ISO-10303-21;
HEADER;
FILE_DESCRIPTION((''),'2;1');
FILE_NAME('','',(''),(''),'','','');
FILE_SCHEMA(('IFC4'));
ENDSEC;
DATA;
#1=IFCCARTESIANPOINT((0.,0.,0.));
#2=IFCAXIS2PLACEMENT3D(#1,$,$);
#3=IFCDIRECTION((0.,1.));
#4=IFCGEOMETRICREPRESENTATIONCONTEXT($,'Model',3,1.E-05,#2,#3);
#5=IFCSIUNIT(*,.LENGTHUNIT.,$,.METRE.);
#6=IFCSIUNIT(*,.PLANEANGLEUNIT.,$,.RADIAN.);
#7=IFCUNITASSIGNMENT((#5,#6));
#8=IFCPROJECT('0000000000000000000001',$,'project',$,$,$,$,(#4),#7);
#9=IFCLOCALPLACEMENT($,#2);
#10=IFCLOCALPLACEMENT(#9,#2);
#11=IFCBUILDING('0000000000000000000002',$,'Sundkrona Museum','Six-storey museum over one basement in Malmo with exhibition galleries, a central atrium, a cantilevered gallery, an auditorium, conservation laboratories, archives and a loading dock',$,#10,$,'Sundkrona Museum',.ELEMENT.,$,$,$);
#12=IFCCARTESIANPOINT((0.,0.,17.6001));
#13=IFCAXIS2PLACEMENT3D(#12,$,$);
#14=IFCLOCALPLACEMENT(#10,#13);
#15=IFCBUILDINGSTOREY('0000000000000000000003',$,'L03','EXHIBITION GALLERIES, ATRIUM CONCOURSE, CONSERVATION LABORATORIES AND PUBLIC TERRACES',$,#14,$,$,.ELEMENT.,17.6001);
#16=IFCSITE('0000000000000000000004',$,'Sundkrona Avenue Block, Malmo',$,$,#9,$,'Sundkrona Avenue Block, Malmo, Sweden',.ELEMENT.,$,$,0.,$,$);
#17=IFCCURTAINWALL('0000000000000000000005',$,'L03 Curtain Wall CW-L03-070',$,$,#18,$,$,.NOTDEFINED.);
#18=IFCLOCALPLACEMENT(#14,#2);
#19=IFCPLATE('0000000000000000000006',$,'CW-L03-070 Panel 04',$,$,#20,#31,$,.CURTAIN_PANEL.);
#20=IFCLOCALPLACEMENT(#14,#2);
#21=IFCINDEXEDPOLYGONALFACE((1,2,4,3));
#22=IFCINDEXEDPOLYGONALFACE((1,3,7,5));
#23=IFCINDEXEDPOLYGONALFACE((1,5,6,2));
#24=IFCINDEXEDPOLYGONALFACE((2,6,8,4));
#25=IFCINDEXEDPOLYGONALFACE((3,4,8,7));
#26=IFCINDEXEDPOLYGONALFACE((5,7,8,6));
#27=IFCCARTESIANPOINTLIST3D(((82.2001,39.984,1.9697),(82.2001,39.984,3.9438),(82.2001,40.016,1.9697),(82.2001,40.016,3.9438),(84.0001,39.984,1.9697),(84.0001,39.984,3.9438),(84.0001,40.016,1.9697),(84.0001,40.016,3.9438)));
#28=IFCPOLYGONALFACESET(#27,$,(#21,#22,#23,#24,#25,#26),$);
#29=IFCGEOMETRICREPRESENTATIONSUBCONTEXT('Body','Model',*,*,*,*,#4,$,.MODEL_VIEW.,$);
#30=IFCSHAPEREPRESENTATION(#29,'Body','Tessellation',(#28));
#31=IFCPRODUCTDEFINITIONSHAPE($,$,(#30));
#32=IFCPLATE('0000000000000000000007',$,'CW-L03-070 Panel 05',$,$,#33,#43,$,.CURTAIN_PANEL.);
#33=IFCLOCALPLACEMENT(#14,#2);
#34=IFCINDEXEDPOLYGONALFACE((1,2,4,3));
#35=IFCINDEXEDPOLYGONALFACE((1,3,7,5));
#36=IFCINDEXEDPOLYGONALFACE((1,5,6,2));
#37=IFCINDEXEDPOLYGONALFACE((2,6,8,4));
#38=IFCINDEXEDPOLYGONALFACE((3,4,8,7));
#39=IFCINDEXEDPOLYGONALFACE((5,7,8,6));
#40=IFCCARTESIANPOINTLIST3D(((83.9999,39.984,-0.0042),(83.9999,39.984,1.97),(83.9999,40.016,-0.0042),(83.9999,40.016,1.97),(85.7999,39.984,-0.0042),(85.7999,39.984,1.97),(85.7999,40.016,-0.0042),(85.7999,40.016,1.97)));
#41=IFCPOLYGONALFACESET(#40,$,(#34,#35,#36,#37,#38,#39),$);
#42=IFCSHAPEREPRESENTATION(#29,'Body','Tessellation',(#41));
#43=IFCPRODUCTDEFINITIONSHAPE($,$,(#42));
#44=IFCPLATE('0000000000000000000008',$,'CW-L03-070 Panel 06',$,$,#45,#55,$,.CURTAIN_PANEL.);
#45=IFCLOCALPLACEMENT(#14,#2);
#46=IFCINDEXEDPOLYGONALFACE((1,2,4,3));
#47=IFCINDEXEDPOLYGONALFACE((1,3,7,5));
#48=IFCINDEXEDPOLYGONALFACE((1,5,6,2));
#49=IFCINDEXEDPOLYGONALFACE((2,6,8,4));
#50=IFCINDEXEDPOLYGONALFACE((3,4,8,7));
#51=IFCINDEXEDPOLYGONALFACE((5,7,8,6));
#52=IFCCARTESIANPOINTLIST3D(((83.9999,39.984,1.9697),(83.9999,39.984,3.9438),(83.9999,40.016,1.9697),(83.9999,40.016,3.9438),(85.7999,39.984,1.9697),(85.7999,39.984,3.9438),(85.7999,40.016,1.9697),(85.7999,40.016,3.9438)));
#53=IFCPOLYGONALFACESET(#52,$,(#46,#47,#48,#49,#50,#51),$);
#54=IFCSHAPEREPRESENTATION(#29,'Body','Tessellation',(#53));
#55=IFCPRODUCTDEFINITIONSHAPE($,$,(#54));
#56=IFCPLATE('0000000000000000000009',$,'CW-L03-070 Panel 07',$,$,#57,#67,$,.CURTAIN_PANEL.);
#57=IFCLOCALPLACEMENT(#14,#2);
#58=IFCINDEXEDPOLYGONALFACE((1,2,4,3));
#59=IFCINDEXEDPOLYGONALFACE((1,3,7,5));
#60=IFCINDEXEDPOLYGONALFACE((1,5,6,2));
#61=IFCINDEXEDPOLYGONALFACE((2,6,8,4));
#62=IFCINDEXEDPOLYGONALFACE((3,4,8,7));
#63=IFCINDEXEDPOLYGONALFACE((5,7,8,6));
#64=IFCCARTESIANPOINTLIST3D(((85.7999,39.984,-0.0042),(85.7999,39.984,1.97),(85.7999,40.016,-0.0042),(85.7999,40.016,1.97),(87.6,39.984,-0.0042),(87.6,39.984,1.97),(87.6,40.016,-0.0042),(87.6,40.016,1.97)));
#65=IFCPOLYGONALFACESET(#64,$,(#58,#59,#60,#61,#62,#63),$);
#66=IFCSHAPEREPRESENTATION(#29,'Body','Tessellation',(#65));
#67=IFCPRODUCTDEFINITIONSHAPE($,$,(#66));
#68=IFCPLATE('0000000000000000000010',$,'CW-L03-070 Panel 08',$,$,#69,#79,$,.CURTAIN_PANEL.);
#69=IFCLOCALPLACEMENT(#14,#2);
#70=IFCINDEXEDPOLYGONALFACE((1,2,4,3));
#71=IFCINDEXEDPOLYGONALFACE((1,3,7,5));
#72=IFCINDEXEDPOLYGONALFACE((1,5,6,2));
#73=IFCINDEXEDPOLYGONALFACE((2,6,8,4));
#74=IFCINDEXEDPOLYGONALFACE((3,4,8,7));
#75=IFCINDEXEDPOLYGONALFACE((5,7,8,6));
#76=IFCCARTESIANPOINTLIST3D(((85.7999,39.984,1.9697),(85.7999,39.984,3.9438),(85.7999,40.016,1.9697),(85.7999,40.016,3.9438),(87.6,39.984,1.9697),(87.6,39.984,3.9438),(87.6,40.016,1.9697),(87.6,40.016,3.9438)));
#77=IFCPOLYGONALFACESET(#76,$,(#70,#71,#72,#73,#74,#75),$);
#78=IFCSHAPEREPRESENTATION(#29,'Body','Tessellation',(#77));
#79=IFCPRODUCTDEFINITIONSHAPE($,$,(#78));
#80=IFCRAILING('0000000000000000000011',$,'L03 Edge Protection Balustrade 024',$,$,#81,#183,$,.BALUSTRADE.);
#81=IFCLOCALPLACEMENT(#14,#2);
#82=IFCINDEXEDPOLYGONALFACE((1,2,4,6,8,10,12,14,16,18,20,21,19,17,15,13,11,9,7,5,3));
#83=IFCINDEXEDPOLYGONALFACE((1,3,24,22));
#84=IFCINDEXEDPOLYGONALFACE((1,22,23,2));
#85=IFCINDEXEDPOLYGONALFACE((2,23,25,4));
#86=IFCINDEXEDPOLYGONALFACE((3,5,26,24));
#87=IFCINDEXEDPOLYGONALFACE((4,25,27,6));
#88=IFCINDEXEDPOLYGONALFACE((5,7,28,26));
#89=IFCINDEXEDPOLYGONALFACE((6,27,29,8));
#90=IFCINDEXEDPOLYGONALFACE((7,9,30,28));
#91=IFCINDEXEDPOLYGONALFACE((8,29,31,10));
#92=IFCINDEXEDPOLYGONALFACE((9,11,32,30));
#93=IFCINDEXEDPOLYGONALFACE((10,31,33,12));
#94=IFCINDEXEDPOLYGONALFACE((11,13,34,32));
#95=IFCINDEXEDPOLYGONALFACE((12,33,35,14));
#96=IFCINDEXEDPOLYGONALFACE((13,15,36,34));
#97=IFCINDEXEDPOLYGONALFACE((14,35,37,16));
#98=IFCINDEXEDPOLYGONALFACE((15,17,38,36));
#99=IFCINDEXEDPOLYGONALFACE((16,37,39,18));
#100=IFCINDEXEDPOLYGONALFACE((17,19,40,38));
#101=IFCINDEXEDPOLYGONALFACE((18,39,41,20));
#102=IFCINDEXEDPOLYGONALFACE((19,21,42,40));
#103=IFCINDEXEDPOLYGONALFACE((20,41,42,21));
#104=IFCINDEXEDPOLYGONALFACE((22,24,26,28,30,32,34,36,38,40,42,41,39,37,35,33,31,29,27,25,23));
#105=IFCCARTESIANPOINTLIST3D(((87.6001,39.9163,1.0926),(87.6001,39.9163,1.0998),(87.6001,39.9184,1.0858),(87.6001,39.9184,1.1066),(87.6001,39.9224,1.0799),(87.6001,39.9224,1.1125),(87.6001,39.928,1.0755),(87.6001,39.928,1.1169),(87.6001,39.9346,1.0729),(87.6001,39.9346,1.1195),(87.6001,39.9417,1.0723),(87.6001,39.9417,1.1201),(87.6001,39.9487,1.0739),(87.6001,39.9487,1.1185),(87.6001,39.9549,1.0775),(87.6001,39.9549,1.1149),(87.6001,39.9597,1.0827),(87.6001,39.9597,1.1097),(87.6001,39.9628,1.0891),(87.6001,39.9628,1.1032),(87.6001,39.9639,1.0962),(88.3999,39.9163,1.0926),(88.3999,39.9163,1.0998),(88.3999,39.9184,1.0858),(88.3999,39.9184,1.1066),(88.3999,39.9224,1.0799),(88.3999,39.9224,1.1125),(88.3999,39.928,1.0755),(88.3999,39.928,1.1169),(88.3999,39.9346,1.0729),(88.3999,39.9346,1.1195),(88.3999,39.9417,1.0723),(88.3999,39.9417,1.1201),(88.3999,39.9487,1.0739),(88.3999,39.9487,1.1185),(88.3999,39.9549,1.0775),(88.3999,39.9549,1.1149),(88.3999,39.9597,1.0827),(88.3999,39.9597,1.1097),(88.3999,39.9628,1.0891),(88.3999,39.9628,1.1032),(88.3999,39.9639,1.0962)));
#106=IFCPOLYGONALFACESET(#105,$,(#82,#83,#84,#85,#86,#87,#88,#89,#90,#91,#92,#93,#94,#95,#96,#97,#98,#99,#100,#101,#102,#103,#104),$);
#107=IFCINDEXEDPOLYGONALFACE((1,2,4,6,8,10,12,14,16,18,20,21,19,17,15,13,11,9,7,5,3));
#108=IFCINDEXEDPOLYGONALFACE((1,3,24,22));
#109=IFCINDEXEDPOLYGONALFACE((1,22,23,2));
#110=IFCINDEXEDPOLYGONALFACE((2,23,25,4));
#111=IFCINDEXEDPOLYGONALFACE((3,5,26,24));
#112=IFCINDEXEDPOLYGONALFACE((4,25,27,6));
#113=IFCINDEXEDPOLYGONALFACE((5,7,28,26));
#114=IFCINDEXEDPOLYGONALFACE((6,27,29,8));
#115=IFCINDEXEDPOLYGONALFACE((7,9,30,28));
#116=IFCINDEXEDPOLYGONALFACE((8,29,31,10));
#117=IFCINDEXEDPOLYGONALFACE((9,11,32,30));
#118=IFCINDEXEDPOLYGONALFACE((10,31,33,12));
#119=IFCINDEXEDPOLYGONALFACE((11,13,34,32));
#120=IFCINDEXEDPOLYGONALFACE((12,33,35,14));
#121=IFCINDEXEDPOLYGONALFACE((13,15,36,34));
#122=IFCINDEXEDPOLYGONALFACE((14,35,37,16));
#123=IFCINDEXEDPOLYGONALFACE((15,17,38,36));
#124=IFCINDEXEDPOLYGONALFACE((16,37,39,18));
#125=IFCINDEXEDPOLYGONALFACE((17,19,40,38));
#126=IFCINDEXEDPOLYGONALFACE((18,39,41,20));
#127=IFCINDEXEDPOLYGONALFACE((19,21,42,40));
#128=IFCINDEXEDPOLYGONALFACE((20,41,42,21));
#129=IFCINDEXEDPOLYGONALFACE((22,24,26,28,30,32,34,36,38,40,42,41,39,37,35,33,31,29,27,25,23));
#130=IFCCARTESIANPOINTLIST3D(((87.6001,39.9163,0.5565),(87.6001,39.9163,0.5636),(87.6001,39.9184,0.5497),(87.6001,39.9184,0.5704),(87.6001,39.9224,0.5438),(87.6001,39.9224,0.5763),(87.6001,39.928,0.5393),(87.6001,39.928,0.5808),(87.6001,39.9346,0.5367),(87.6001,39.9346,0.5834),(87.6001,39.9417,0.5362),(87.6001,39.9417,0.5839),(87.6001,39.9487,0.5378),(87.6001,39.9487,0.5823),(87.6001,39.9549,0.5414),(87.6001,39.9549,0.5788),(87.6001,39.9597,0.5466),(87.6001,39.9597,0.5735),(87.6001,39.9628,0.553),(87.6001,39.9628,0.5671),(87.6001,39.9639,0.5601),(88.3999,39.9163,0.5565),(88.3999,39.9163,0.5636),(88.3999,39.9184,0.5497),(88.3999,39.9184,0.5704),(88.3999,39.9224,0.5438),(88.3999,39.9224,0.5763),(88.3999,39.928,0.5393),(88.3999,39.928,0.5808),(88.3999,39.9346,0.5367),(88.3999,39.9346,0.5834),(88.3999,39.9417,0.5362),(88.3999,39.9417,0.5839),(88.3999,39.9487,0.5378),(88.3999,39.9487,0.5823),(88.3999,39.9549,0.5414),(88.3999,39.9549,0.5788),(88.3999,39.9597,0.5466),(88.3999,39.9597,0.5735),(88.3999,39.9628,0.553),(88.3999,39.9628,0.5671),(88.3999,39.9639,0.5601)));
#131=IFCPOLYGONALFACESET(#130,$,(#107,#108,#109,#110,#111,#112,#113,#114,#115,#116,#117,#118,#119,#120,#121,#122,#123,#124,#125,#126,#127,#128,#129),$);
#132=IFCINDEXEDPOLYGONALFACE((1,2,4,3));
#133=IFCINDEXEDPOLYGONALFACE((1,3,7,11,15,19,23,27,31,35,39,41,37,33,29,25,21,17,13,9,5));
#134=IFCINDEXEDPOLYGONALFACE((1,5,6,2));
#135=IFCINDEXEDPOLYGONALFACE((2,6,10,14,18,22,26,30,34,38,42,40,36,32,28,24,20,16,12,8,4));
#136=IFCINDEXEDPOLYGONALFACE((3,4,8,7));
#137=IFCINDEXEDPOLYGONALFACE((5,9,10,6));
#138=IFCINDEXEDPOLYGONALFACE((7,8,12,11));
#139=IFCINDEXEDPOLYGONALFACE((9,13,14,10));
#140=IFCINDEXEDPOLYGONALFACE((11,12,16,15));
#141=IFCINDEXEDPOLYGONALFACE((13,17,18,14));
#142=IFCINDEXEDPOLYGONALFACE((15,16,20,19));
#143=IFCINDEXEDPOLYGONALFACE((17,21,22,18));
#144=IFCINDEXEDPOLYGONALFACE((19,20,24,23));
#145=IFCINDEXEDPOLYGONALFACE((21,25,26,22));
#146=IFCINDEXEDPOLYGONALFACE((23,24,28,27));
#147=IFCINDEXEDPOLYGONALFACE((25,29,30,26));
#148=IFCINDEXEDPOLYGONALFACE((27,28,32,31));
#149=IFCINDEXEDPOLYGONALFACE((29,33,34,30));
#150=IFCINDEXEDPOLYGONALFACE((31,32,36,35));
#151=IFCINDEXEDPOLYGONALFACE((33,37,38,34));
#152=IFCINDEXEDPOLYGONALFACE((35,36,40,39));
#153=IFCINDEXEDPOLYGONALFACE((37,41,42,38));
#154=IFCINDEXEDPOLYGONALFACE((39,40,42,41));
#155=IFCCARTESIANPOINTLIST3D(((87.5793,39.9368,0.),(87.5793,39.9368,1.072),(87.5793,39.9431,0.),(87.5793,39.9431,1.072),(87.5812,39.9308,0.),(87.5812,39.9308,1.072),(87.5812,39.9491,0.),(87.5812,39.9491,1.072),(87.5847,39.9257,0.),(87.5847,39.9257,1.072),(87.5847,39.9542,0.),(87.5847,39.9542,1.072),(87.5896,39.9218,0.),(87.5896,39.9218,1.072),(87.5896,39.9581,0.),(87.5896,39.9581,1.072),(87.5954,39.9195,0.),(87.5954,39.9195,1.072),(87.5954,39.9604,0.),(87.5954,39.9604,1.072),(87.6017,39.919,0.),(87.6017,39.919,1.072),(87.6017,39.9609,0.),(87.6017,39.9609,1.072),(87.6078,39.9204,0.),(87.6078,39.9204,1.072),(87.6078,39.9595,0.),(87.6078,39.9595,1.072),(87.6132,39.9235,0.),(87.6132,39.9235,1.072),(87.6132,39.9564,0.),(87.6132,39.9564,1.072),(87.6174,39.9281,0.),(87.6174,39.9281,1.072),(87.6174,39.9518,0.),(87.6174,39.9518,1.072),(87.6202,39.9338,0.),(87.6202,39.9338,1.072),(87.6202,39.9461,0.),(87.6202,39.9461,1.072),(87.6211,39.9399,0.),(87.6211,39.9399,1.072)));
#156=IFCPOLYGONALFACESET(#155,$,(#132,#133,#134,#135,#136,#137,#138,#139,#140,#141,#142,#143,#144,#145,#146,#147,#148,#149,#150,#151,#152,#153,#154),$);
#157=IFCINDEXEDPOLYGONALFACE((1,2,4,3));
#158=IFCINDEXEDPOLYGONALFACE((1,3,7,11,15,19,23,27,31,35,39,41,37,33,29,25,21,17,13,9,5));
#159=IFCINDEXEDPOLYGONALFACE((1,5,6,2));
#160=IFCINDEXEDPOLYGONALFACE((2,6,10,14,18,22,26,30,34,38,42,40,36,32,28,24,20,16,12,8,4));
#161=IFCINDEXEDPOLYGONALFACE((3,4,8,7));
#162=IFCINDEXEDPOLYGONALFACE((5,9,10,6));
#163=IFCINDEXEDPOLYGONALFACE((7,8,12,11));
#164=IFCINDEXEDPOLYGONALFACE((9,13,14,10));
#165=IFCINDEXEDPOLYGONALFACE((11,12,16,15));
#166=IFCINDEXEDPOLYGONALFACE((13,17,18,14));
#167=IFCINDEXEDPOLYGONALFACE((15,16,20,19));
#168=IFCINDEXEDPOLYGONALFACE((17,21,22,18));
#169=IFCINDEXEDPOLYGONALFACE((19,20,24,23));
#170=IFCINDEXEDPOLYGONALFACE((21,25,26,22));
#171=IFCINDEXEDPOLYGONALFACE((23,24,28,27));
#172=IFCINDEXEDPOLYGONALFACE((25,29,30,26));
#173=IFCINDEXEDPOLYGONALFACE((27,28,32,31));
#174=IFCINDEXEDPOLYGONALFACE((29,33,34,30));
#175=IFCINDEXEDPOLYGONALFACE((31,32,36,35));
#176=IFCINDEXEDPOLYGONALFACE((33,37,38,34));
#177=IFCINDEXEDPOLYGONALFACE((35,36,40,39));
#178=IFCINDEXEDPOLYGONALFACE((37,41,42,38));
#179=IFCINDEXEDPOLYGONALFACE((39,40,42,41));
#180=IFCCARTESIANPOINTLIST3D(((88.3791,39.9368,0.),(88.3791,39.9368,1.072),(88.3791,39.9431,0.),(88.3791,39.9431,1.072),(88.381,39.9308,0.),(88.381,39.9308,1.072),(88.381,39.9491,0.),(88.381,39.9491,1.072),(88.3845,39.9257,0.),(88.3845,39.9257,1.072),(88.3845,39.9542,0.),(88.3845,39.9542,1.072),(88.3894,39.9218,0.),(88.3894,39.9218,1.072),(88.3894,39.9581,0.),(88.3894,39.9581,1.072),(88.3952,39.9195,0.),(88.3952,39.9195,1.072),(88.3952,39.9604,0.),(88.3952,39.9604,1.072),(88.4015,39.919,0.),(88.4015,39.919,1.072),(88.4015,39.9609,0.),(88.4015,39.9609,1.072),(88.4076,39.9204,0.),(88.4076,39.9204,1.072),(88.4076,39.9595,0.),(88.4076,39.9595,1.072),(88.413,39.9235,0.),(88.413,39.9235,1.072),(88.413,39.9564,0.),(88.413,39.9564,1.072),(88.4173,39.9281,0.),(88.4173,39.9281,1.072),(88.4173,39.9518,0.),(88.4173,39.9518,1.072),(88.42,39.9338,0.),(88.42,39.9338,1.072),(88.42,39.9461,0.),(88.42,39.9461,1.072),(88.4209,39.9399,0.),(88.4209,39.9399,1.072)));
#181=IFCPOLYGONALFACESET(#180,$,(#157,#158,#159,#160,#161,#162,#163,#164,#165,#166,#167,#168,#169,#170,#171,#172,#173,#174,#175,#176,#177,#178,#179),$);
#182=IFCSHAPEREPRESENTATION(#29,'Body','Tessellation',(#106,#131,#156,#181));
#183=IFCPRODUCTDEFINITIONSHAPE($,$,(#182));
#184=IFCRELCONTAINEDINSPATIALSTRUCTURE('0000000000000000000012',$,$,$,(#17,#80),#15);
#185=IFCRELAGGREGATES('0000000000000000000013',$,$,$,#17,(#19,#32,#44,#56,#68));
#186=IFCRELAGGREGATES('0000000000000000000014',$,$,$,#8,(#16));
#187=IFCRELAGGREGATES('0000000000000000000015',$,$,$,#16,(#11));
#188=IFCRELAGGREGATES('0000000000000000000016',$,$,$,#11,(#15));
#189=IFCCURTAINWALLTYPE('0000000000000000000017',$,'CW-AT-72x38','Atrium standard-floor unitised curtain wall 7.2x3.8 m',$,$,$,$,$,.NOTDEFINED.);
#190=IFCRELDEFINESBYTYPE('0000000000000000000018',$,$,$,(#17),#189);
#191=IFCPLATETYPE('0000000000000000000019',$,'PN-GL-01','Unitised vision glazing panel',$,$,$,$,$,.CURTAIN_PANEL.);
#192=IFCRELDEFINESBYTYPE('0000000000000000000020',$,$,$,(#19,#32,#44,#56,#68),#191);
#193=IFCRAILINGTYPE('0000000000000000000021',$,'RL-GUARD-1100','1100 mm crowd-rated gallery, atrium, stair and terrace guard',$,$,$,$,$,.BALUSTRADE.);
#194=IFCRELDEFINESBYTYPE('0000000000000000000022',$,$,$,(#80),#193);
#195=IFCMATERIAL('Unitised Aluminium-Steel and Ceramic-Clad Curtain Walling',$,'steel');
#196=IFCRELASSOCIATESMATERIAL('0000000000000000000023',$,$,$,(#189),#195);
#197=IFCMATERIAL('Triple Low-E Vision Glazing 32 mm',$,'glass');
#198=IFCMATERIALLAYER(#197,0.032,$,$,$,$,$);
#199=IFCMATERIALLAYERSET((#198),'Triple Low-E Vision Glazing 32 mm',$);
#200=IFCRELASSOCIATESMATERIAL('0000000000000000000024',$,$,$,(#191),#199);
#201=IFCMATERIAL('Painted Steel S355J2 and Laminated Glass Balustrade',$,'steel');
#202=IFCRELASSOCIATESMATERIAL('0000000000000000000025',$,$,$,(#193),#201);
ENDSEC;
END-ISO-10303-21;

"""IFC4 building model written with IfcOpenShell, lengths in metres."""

from ifc_helpers import new_model, si_unit, direction, frame, origin, origin_2d, place, context, subcontext, project, spatial, rectangle, circle, extrude, material, layer, layer_set, type_object, element, aggregate, save


model = new_model("IFC4")

# Units and contexts
model_context = context("Model", 3, precision=1e-05, world=origin(), true_north=direction((0.0, 1.0)))
body_context = subcontext(model_context, "Body", "Model", "MODEL_VIEW")
ifc_project = project(units=[si_unit("LENGTHUNIT", "METRE"), si_unit("PLANEANGLEUNIT", "RADIAN")], contexts=[model_context])

# Site, building, storey
site_placement = place(None, origin())
site = spatial("IfcSite", under=ifc_project, at=site_placement, Name="Sundkrona Avenue Block, Malmo", LongName="Sundkrona Avenue Block, Malmo, Sweden", CompositionType="ELEMENT", RefElevation=0.0)
building_placement = place(site_placement, origin())
building = spatial("IfcBuilding", under=site, at=building_placement, Name="Sundkrona Museum", Description="Six-storey museum over one basement in Malmo with exhibition galleries, a central atrium, a cantilevered gallery, an auditorium, conservation laboratories, archives and a loading dock", LongName="Sundkrona Museum", CompositionType="ELEMENT")
storey_placement = place(building_placement, frame((0.0, 0.0, 17.6001)))
storey = spatial("IfcBuildingStorey", under=building, at=storey_placement, Name="L03", Description="EXHIBITION GALLERIES, ATRIUM CONCOURSE, CONSERVATION LABORATORIES AND PUBLIC TERRACES", CompositionType="ELEMENT", Elevation=17.6001)

# Curtain wall
ifc_material_1 = material(Name="Unitised Aluminium-Steel and Ceramic-Clad Curtain Walling", Category="steel")
curtain_wall_type = type_object("IfcCurtainWallType", Name="CW-AT-72x38", Description="Atrium standard-floor unitised curtain wall 7.2x3.8 m", PredefinedType="NOTDEFINED", material=ifc_material_1)
curtain_wall_1_placement = place(storey_placement, origin())
curtain_wall_1 = element("IfcCurtainWall", 1, at=curtain_wall_1_placement, inside=storey, type_object=curtain_wall_type, Name="L03 Curtain Wall CW-L03-070", PredefinedType="NOTDEFINED")

# Plates
ifc_material_2 = material(Name="Triple Low-E Vision Glazing 32 mm", Category="glass")
ifc_layer = layer(ifc_material_2, 0.032)
ifc_layer_set = layer_set([ifc_layer], Name="Triple Low-E Vision Glazing 32 mm")
plate_type = type_object("IfcPlateType", Name="PN-GL-01", Description="Unitised vision glazing panel", PredefinedType="CURTAIN_PANEL", material=ifc_layer_set)
plate_1_placement = place(storey_placement, frame((83.1001, 40.0, 1.9697), z_axis=(0.0, 0.0, 1.0), x_axis=(1.0, 0.0, 0.0)))
plate_1 = element("IfcPlate", 2, at=plate_1_placement, type_object=plate_type, Name="CW-L03-070 Panel 04", PredefinedType="CURTAIN_PANEL", context=body_context, shape_type="SweptSolid", body=[
    extrude(rectangle(XDim=1.8, YDim=0.032, at=origin_2d()), origin(), (0.0, 0.0, 1.0), 1.9741),
])
plate_2_placement = place(storey_placement, frame((84.8999, 40.0, -0.0042), z_axis=(0.0, 0.0, 1.0), x_axis=(1.0, 0.0, 0.0)))
plate_2 = element("IfcPlate", 3, at=plate_2_placement, type_object=plate_type, Name="CW-L03-070 Panel 05", PredefinedType="CURTAIN_PANEL", context=body_context, shape_type="SweptSolid", body=[
    extrude(rectangle(XDim=1.8, YDim=0.032, at=origin_2d()), origin(), (0.0, 0.0, 1.0), 1.9741),
])
plate_3_placement = place(storey_placement, frame((84.8999, 40.0, 1.9697), z_axis=(0.0, 0.0, 1.0), x_axis=(1.0, 0.0, 0.0)))
plate_3 = element("IfcPlate", 4, at=plate_3_placement, type_object=plate_type, Name="CW-L03-070 Panel 06", PredefinedType="CURTAIN_PANEL", context=body_context, shape_type="SweptSolid", body=[
    extrude(rectangle(XDim=1.8, YDim=0.032, at=origin_2d()), origin(), (0.0, 0.0, 1.0), 1.9741),
])
plate_4_placement = place(storey_placement, frame((86.7, 40.0, -0.0042), z_axis=(0.0, 0.0, 1.0), x_axis=(1.0, 0.0, 0.0)))
plate_4 = element("IfcPlate", 5, at=plate_4_placement, type_object=plate_type, Name="CW-L03-070 Panel 07", PredefinedType="CURTAIN_PANEL", context=body_context, shape_type="SweptSolid", body=[
    extrude(rectangle(XDim=1.8, YDim=0.032, at=origin_2d()), origin(), (0.0, 0.0, 1.0), 1.9741),
])
plate_5_placement = place(storey_placement, frame((86.7, 40.0, 1.9697), z_axis=(0.0, 0.0, 1.0), x_axis=(1.0, 0.0, 0.0)))
plate_5 = element("IfcPlate", 6, at=plate_5_placement, type_object=plate_type, Name="CW-L03-070 Panel 08", PredefinedType="CURTAIN_PANEL", context=body_context, shape_type="SweptSolid", body=[
    extrude(rectangle(XDim=1.8, YDim=0.032, at=origin_2d()), origin(), (0.0, 0.0, 1.0), 1.9741),
])
aggregate(curtain_wall_1, [plate_1, plate_2, plate_3, plate_4, plate_5])

# Railing
ifc_material_3 = material(Name="Painted Steel S355J2 and Laminated Glass Balustrade", Category="steel")
railing_type = type_object("IfcRailingType", Name="RL-GUARD-1100", Description="1100 mm crowd-rated gallery, atrium, stair and terrace guard", PredefinedType="BALUSTRADE", material=ifc_material_3)
railing_placement = place(storey_placement, frame((87.6001, 39.9399, 0.0)))
element("IfcRailing", 7, at=railing_placement, inside=storey, type_object=railing_type, Name="L03 Edge Protection Balustrade 024", PredefinedType="BALUSTRADE", context=body_context, shape_type="SweptSolid", body=[
    extrude(circle(Radius=0.0239, at=origin_2d()), frame((0.0, 0.0, 1.0962), z_axis=(1.0, 0.0, 0.0), x_axis=(0.0, 1.0, 0.0)), (0.0, 0.0, 1.0), 0.7998),
    extrude(circle(Radius=0.0239, at=origin_2d()), frame((0.0, 0.0, 0.5601), z_axis=(1.0, 0.0, 0.0), x_axis=(0.0, 1.0, 0.0)), (0.0, 0.0, 1.0), 0.7998),
    extrude(circle(Radius=0.021, at=origin_2d()), origin(), (0.0, 0.0, 1.0), 1.072),
    extrude(circle(Radius=0.021, at=origin_2d()), frame((0.7998, 0.0, 0.0)), (0.0, 0.0, 1.0), 1.072),
])

save(model, "model.ifc")
